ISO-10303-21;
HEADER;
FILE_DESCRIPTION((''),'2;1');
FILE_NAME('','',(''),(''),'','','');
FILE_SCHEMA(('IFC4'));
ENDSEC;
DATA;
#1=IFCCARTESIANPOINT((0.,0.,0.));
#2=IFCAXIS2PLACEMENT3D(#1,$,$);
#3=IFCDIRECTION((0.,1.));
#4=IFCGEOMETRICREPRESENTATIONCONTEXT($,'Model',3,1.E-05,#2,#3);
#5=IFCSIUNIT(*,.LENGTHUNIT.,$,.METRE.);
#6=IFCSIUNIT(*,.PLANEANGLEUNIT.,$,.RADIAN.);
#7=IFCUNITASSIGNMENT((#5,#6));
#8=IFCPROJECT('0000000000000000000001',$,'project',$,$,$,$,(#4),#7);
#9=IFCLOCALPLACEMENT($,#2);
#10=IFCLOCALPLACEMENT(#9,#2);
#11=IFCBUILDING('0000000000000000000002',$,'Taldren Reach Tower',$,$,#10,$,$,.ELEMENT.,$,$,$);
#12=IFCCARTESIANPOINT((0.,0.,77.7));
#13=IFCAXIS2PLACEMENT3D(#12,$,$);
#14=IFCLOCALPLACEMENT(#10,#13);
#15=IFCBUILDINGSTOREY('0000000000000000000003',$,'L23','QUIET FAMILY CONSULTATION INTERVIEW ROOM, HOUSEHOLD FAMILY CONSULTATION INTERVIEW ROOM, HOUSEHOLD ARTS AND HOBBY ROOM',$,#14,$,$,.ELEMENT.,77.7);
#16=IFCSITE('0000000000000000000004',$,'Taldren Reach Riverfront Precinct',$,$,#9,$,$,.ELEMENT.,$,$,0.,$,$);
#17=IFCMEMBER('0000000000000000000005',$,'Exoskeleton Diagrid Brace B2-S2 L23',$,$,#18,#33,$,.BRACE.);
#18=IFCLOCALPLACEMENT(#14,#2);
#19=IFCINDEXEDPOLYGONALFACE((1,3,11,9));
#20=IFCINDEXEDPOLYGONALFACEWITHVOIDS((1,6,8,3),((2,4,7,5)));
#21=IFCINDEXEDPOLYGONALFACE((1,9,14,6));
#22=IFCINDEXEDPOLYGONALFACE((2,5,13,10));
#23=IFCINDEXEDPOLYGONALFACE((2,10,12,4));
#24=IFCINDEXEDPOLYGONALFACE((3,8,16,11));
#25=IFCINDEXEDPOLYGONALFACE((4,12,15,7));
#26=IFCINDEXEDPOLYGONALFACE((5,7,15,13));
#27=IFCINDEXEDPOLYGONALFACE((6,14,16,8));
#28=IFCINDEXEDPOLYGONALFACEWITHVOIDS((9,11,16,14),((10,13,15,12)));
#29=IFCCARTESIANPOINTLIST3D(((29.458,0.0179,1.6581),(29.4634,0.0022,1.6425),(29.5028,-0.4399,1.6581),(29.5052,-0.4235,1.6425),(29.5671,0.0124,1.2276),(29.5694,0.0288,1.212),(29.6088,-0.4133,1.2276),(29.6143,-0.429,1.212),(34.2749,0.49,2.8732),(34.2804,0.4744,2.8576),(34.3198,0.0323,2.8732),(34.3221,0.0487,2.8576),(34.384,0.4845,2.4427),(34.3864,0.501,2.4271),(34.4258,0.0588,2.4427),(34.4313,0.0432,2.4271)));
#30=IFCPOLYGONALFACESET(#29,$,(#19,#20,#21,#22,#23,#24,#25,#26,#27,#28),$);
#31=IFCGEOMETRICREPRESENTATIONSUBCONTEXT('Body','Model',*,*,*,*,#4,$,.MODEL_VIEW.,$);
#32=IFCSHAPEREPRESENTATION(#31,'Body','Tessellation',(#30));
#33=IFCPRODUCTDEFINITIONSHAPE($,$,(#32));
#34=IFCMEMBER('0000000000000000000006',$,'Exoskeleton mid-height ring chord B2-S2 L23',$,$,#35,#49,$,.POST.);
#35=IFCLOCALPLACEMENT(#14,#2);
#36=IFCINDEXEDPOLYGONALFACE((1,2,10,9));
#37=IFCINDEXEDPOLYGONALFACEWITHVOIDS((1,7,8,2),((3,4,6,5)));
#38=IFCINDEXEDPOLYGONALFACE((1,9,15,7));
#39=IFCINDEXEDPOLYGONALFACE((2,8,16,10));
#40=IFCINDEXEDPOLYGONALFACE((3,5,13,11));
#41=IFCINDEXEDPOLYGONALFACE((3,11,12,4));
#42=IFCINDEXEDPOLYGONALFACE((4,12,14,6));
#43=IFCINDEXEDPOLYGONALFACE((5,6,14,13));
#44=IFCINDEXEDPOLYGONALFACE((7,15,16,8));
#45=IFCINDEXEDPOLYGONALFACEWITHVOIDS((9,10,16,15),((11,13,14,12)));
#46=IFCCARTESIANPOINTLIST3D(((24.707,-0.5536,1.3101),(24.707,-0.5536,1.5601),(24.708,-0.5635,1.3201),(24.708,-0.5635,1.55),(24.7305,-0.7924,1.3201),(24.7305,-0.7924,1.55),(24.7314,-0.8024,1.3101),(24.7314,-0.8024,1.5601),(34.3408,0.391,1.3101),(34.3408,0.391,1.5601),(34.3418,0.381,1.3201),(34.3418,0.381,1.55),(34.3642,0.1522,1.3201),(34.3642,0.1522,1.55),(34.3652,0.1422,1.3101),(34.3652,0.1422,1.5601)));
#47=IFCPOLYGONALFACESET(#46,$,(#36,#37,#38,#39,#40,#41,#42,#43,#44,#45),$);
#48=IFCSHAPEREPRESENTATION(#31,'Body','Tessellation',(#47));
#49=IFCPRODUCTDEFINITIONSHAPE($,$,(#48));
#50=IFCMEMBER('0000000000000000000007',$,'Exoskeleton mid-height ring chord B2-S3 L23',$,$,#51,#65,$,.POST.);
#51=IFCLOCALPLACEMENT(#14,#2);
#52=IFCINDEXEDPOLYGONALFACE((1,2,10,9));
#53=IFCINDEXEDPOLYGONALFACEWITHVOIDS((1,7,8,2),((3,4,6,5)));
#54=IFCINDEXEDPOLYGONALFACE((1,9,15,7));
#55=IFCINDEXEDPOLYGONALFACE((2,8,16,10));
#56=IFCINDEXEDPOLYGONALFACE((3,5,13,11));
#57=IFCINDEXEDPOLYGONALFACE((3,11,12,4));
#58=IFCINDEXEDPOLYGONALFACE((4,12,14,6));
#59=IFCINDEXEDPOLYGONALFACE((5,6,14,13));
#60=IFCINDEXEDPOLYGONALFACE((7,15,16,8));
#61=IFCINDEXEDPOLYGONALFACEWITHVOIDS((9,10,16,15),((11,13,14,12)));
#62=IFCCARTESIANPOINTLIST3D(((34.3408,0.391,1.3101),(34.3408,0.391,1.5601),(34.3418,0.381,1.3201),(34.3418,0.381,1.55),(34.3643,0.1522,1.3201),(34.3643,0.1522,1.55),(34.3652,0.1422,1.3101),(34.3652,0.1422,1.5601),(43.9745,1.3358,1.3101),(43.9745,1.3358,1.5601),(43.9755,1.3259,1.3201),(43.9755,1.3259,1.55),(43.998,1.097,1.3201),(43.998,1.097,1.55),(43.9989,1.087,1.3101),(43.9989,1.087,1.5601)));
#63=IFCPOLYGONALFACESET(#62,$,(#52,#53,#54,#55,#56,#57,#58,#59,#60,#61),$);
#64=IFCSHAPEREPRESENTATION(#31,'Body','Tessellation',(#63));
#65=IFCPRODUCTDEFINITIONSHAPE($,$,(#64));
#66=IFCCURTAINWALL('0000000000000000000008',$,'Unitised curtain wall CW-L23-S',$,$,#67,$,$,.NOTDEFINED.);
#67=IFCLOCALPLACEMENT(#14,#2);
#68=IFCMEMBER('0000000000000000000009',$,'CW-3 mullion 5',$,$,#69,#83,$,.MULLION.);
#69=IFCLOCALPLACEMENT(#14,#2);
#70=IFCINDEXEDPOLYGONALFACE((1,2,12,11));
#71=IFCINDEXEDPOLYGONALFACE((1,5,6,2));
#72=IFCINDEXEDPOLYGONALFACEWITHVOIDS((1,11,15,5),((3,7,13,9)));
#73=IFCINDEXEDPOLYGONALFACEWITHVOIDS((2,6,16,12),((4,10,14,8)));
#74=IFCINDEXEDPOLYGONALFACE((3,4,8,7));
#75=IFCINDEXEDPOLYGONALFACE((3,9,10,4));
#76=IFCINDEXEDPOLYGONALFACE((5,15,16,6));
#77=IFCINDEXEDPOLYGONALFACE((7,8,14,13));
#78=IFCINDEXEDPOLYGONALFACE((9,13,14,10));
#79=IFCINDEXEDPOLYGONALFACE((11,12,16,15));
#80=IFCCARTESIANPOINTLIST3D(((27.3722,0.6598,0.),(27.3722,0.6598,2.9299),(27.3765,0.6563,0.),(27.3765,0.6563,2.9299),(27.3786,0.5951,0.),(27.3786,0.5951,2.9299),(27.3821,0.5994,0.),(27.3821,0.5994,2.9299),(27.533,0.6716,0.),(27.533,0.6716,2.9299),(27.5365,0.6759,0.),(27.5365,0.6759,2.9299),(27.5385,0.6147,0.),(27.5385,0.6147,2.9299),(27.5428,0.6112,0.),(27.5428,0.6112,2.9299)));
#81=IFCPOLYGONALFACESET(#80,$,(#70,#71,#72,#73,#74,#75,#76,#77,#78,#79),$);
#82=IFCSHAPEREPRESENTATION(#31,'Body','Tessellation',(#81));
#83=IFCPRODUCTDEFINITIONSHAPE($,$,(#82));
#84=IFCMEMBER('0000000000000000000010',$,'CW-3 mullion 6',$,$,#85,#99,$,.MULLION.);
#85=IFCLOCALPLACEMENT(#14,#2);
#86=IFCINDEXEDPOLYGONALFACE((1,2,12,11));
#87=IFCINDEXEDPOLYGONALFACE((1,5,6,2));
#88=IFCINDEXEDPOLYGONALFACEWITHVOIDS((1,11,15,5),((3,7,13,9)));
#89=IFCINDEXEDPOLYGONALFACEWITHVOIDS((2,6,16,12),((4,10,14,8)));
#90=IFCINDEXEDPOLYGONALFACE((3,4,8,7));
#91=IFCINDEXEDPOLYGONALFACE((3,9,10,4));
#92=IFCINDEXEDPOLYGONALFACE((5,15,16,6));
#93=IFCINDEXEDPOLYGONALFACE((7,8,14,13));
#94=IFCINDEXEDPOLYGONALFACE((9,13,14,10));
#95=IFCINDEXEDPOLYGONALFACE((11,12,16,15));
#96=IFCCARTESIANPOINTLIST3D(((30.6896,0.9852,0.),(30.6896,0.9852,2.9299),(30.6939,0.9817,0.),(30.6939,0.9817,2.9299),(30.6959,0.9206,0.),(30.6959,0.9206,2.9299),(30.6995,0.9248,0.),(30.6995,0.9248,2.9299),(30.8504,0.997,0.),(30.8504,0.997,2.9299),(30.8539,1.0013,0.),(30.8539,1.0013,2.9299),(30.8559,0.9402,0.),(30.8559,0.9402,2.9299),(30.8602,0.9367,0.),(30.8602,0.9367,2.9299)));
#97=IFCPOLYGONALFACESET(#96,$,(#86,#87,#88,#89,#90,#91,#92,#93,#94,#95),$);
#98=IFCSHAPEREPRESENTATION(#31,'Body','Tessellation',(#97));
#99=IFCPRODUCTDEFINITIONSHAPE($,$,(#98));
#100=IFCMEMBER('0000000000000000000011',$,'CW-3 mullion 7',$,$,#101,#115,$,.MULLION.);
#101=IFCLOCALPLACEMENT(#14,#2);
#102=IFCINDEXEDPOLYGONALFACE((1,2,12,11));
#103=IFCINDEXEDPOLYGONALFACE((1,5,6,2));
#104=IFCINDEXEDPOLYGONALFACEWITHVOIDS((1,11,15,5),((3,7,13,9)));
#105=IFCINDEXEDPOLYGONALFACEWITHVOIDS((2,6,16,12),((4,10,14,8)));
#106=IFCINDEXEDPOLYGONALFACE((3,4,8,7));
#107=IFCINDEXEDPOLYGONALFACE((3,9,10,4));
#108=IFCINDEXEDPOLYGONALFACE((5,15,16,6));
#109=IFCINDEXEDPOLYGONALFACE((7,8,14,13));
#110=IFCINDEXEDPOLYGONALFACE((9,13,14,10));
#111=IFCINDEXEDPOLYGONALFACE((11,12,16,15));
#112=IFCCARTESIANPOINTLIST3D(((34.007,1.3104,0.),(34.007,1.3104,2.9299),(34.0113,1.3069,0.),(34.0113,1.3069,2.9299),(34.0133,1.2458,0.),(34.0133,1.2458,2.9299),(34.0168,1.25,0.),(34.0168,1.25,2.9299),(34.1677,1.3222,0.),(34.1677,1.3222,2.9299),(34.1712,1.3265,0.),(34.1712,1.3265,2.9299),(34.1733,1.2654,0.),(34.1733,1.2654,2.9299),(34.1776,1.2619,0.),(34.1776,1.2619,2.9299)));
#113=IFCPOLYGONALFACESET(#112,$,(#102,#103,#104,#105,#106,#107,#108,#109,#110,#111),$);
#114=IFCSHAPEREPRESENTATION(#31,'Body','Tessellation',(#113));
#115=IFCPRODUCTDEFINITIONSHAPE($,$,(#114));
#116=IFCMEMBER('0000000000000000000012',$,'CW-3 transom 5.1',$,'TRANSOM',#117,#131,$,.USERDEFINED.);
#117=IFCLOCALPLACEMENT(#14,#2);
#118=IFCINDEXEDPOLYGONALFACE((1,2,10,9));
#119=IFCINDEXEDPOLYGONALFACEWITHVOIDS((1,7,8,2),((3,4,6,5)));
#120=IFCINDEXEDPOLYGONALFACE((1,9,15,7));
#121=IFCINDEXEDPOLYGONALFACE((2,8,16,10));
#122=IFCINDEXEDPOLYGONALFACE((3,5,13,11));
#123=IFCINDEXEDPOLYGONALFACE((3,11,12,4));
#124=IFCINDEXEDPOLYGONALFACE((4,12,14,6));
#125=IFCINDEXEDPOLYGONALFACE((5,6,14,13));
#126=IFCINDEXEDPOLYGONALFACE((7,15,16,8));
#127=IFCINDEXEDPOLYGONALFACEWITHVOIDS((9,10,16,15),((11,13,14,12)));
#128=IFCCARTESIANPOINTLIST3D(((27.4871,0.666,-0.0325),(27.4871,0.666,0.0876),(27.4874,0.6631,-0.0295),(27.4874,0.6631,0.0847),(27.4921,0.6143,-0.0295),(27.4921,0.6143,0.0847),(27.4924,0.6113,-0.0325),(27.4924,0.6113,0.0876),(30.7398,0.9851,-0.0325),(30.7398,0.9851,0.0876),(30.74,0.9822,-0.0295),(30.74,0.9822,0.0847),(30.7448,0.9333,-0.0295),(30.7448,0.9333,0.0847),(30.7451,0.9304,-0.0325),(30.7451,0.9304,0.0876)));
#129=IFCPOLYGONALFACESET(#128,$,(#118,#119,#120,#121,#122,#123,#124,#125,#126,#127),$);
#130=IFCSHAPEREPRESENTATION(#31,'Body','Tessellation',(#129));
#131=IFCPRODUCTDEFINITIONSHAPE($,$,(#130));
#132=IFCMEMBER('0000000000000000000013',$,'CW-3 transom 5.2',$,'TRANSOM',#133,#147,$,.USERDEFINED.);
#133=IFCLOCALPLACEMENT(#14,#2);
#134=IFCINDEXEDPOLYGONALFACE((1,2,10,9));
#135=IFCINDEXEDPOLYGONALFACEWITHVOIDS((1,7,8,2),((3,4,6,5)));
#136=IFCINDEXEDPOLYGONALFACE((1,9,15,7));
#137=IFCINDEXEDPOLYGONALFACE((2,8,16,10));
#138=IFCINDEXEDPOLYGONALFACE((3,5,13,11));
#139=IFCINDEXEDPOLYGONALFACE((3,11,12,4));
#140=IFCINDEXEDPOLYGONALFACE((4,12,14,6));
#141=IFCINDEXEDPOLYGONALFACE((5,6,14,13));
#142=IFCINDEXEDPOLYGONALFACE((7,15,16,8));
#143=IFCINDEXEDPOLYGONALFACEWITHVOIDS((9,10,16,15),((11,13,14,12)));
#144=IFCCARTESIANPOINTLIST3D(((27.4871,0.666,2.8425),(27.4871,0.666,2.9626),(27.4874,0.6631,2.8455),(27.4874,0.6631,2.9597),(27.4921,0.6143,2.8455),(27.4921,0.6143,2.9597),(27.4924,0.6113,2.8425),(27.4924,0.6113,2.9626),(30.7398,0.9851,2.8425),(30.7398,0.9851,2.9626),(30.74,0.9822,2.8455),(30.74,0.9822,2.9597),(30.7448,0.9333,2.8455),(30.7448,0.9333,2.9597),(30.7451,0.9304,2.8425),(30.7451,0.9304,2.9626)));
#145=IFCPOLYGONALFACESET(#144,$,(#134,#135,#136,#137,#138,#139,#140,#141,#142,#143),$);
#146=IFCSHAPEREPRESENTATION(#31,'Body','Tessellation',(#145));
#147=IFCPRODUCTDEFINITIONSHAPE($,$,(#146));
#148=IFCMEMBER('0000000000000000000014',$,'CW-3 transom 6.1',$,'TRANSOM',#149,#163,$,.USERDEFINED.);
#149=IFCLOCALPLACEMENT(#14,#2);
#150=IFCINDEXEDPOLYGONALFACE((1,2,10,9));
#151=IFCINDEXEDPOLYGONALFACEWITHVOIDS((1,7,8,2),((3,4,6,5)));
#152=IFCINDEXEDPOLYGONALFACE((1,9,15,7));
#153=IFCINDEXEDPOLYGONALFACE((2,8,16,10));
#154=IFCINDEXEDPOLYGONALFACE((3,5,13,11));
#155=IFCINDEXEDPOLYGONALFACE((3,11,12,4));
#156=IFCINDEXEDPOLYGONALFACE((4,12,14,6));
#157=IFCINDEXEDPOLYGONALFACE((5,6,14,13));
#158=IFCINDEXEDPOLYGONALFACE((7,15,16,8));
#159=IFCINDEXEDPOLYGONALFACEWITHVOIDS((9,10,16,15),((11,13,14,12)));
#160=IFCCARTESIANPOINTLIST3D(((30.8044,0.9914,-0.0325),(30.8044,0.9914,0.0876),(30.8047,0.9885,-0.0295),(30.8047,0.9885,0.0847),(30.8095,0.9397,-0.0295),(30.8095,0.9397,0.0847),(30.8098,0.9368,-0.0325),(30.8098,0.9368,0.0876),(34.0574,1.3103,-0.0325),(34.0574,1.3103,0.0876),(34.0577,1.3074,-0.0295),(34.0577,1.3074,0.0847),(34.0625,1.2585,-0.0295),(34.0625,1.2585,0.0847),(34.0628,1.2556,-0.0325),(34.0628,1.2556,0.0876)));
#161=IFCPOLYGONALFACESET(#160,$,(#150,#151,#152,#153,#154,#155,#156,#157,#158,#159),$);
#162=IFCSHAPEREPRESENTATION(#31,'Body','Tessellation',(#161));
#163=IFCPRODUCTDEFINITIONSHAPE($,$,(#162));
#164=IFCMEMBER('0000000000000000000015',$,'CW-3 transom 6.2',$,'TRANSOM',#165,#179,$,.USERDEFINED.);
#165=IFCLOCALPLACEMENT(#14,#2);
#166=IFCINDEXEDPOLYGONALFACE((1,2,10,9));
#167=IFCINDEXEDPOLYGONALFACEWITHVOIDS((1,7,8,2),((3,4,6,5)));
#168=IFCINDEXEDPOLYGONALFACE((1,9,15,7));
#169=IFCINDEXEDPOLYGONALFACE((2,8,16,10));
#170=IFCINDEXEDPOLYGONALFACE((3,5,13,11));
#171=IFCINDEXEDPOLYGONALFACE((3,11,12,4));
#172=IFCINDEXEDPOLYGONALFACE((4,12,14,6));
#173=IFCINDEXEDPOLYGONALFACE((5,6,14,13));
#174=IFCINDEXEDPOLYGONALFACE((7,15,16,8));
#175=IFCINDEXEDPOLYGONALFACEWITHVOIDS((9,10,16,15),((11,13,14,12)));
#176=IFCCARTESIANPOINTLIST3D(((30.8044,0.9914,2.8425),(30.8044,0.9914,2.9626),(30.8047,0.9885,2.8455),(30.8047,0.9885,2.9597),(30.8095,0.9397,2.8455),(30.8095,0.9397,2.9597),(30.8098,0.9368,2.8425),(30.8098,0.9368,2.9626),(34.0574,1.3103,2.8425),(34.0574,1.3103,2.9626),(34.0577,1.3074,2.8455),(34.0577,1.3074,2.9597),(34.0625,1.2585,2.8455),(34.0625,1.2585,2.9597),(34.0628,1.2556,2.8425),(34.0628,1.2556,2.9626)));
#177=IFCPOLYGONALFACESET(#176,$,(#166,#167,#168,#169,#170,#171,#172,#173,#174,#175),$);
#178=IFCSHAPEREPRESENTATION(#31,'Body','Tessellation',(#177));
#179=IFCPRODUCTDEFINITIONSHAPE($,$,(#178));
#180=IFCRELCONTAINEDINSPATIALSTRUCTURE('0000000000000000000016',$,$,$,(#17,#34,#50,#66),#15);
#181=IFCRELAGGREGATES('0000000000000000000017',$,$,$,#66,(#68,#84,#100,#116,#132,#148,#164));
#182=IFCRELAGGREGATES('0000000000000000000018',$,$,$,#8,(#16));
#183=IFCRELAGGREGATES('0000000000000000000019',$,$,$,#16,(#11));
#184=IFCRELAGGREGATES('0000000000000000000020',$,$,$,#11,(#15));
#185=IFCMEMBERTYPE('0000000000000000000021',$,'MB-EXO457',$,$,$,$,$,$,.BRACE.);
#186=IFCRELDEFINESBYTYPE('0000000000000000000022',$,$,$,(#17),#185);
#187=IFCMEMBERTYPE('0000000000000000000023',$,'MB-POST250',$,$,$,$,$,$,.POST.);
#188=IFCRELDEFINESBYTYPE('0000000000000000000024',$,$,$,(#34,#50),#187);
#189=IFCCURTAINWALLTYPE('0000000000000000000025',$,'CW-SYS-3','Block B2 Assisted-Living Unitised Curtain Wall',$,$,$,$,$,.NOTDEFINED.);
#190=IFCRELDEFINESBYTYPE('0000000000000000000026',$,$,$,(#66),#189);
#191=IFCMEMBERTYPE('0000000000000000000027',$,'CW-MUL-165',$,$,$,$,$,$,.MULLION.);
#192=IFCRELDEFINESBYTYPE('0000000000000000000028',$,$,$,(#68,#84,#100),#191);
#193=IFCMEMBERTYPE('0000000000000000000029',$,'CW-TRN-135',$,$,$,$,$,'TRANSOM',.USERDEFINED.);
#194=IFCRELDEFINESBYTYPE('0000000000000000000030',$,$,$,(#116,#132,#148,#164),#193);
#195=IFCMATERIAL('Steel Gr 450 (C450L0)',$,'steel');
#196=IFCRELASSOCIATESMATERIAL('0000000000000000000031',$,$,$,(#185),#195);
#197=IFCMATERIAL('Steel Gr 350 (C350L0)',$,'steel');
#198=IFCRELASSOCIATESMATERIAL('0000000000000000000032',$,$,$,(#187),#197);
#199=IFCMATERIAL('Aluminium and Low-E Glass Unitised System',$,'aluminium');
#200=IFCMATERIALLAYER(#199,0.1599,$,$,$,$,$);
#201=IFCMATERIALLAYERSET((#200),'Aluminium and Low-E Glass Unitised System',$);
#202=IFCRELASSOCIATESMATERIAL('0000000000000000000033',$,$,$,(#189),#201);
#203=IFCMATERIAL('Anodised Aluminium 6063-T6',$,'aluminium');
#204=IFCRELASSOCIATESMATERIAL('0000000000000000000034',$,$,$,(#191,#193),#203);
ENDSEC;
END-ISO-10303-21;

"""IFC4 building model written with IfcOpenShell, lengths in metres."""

from ifc_helpers import new_model, si_unit, direction, frame, origin, origin_2d, place, context, subcontext, project, spatial, hollow_rectangle, extrude, source, transform, mapped, material, layer, layer_set, material_profile, profile_set, type_object, element, aggregate, save


model = new_model("IFC4")

# Units and contexts
model_context = context("Model", 3, precision=1e-05, world=origin(), true_north=direction((0.0, 1.0)))
body_context = subcontext(model_context, "Body", "Model", "MODEL_VIEW")
ifc_project = project(units=[si_unit("LENGTHUNIT", "METRE"), si_unit("PLANEANGLEUNIT", "RADIAN")], contexts=[model_context])

# Site, building, storey
site_placement = place(None, origin())
site = spatial("IfcSite", under=ifc_project, at=site_placement, Name="Taldren Reach Riverfront Precinct", CompositionType="ELEMENT", RefElevation=0.0)
building_placement = place(site_placement, origin())
building = spatial("IfcBuilding", under=site, at=building_placement, Name="Taldren Reach Tower", CompositionType="ELEMENT")
storey_placement = place(building_placement, frame((0.0, 0.0, 77.7)))
storey = spatial("IfcBuildingStorey", under=building, at=storey_placement, Name="L23", Description="QUIET FAMILY CONSULTATION INTERVIEW ROOM, HOUSEHOLD FAMILY CONSULTATION INTERVIEW ROOM, HOUSEHOLD ARTS AND HOBBY ROOM", CompositionType="ELEMENT", Elevation=77.7)

# Members
ifc_material_1 = material(Name="Steel Gr 450 (C450L0)", Category="steel")
ifc_material_profile_1 = material_profile(ifc_material_1, hollow_rectangle(XDim=0.46, YDim=0.46, WallThickness=0.0161, at=origin_2d()), Name="460x460x16.0SHS")
ifc_profile_set_1 = profile_set([ifc_material_profile_1], Name="Steel Gr 450 (C450L0)")
member_type_1 = type_object("IfcMemberType", Name="MB-EXO457", PredefinedType="BRACE", material=ifc_profile_set_1)
shared_shape_1 = source(origin(), body_context, "Body", "SweptSolid", [
    extrude(hollow_rectangle(XDim=0.46, YDim=0.46, WallThickness=0.0161, at=origin_2d()), origin(), (0.0, 0.0, 1.0), 4.9902),
])
member_1_placement = place(storey_placement, frame((29.5361, -0.2056, 1.4351), z_axis=(0.965276, 0.09462, 0.243496), x_axis=(-0.097556, 0.99523, 0.0)))
element("IfcMember", 1, at=member_1_placement, inside=storey, type_object=member_type_1, Name="Exoskeleton Diagrid Brace B2-S2 L23", PredefinedType="BRACE", context=body_context, shape_type="MappedRepresentation", body=[
    mapped(shared_shape_1, transform((0.0, 0.0, 0.0), scale=1.0)),
])
ifc_material_2 = material(Name="Steel Gr 350 (C350L0)", Category="steel")
ifc_material_profile_2 = material_profile(ifc_material_2, hollow_rectangle(XDim=0.25, YDim=0.25, WallThickness=0.01, at=origin_2d()), Name="250x250x10.0SHS")
ifc_profile_set_2 = profile_set([ifc_material_profile_2], Name="Steel Gr 350 (C350L0)")
member_type_2 = type_object("IfcMemberType", Name="MB-POST250", PredefinedType="POST", material=ifc_profile_set_2)
shared_shape_2 = source(origin(), body_context, "Body", "SweptSolid", [
    extrude(hollow_rectangle(XDim=0.25, YDim=0.25, WallThickness=0.01, at=origin_2d()), origin(), (0.0, 0.0, 1.0), 9.6799),
])
for number, where, z_axis, x_axis, name in (
    (2, (24.7192, -0.678, 1.4351), (0.995228, 0.097581, 0.0), (-0.097581, 0.995228, 0.0), "Exoskeleton mid-height ring chord B2-S2 L23"),
    (3, (34.353, 0.2666, 1.4351), (0.995225, 0.097606, 0.0), (-0.097606, 0.995225, 0.0), "Exoskeleton mid-height ring chord B2-S3 L23"),
):
    element("IfcMember", number, at=place(storey_placement, frame(where, z_axis=z_axis, x_axis=x_axis)), inside=storey, type_object=member_type_2, Name=name, PredefinedType="POST", context=body_context, shape_type="MappedRepresentation", body=[
        mapped(shared_shape_2, transform((0.0, 0.0, 0.0), scale=1.0)),
    ])

# Curtain wall, members
ifc_material_3 = material(Name="Aluminium and Low-E Glass Unitised System", Category="aluminium")
ifc_layer_1 = layer(ifc_material_3, 0.1599)
ifc_layer_set_1 = layer_set([ifc_layer_1], Name="Aluminium and Low-E Glass Unitised System")
curtain_wall_type = type_object("IfcCurtainWallType", Name="CW-SYS-3", Description="Block B2 Assisted-Living Unitised Curtain Wall", PredefinedType="NOTDEFINED", material=ifc_layer_set_1)
curtain_wall_placement = place(storey_placement, origin())
curtain_wall = element("IfcCurtainWall", 4, at=curtain_wall_placement, inside=storey, type_object=curtain_wall_type, Name="Unitised curtain wall CW-L23-S", PredefinedType="NOTDEFINED")
ifc_material_4 = material(Name="Anodised Aluminium 6063-T6", Category="aluminium")
ifc_material_profile_3 = material_profile(ifc_material_4, hollow_rectangle(XDim=0.0649, YDim=0.165, WallThickness=0.0039, at=origin_2d()), Name="ALU-165x65x4RHS")
ifc_profile_set_3 = profile_set([ifc_material_profile_3], Name="Anodised Aluminium 6063-T6")
member_type_3 = type_object("IfcMemberType", Name="CW-MUL-165", PredefinedType="MULLION", material=ifc_profile_set_3)
shared_shape_3 = source(origin(), body_context, "Body", "SweptSolid", [
    extrude(hollow_rectangle(XDim=0.0649, YDim=0.165, WallThickness=0.0039, at=origin_2d()), origin(), (0.0, 0.0, 1.0), 2.9299),
])
member_2_placement = place(storey_placement, frame((27.4575, 0.6355, 0.0), z_axis=(0.0, 0.0, 1.0), x_axis=(-0.097583, 0.995227, 0.0)))
member_2 = element("IfcMember", 5, at=member_2_placement, type_object=member_type_3, Name="CW-3 mullion 5", PredefinedType="MULLION", context=body_context, shape_type="MappedRepresentation", body=[
    mapped(shared_shape_3, transform((0.0, 0.0, 0.0), scale=1.0)),
])
member_3_placement = place(storey_placement, frame((30.7749, 0.9609, 0.0), z_axis=(0.0, 0.0, 1.0), x_axis=(-0.097583, 0.995227, 0.0)))
member_3 = element("IfcMember", 6, at=member_3_placement, type_object=member_type_3, Name="CW-3 mullion 6", PredefinedType="MULLION", context=body_context, shape_type="MappedRepresentation", body=[
    mapped(shared_shape_3, transform((0.0, 0.0, 0.0), scale=1.0)),
])
member_4_placement = place(storey_placement, frame((34.0923, 1.2861, 0.0), z_axis=(0.0, 0.0, 1.0), x_axis=(-0.097583, 0.995227, 0.0)))
member_4 = element("IfcMember", 7, at=member_4_placement, type_object=member_type_3, Name="CW-3 mullion 7", PredefinedType="MULLION", context=body_context, shape_type="MappedRepresentation", body=[
    mapped(shared_shape_3, transform((0.0, 0.0, 0.0), scale=1.0)),
])
ifc_material_profile_4 = material_profile(ifc_material_4, hollow_rectangle(XDim=0.0549, YDim=0.1201, WallThickness=0.0029, at=origin_2d()), Name="ALU-120x55x3RHS")
ifc_profile_set_4 = profile_set([ifc_material_profile_4], Name="Anodised Aluminium 6063-T6")
member_type_4 = type_object("IfcMemberType", Name="CW-TRN-135", ElementType="TRANSOM", PredefinedType="USERDEFINED", material=ifc_profile_set_4)
shared_shape_4 = source(origin(), body_context, "Body", "SweptSolid", [
    extrude(hollow_rectangle(XDim=0.0549, YDim=0.1201, WallThickness=0.0029, at=origin_2d()), origin(), (0.0, 0.0, 1.0), 3.2683),
])
member_5_placement = place(storey_placement, frame((27.4897, 0.6387, 0.0276), z_axis=(0.995223, 0.097632, 0.0), x_axis=(-0.097632, 0.995223, 0.0)))
member_5 = element("IfcMember", 8, at=member_5_placement, type_object=member_type_4, Name="CW-3 transom 5.1", ObjectType="TRANSOM", PredefinedType="USERDEFINED", context=body_context, shape_type="MappedRepresentation", body=[
    mapped(shared_shape_4, transform((0.0, 0.0, 0.0), scale=1.0)),
])
member_6_placement = place(storey_placement, frame((27.4897, 0.6387, 2.9026), z_axis=(0.995223, 0.097632, 0.0), x_axis=(-0.097632, 0.995223, 0.0)))
member_6 = element("IfcMember", 9, at=member_6_placement, type_object=member_type_4, Name="CW-3 transom 5.2", ObjectType="TRANSOM", PredefinedType="USERDEFINED", context=body_context, shape_type="MappedRepresentation", body=[
    mapped(shared_shape_4, transform((0.0, 0.0, 0.0), scale=1.0)),
])
shared_shape_5 = source(origin(), body_context, "Body", "SweptSolid", [
    extrude(hollow_rectangle(XDim=0.0549, YDim=0.1201, WallThickness=0.0029, at=origin_2d()), origin(), (0.0, 0.0, 1.0), 3.2686),
])
member_7_placement = place(storey_placement, frame((30.8071, 0.9641, 0.0276), z_axis=(0.995231, 0.097551, 0.0), x_axis=(-0.097551, 0.995231, 0.0)))
member_7 = element("IfcMember", 10, at=member_7_placement, type_object=member_type_4, Name="CW-3 transom 6.1", ObjectType="TRANSOM", PredefinedType="USERDEFINED", context=body_context, shape_type="MappedRepresentation", body=[
    mapped(shared_shape_5, transform((0.0, 0.0, 0.0), scale=1.0)),
])
member_8_placement = place(storey_placement, frame((30.8071, 0.9641, 2.9026), z_axis=(0.995231, 0.097551, 0.0), x_axis=(-0.097551, 0.995231, 0.0)))
member_8 = element("IfcMember", 11, at=member_8_placement, type_object=member_type_4, Name="CW-3 transom 6.2", ObjectType="TRANSOM", PredefinedType="USERDEFINED", context=body_context, shape_type="MappedRepresentation", body=[
    mapped(shared_shape_5, transform((0.0, 0.0, 0.0), scale=1.0)),
])

aggregate(curtain_wall, [member_2, member_3, member_4, member_5, member_6, member_7, member_8])

save(model, "model.ifc")
